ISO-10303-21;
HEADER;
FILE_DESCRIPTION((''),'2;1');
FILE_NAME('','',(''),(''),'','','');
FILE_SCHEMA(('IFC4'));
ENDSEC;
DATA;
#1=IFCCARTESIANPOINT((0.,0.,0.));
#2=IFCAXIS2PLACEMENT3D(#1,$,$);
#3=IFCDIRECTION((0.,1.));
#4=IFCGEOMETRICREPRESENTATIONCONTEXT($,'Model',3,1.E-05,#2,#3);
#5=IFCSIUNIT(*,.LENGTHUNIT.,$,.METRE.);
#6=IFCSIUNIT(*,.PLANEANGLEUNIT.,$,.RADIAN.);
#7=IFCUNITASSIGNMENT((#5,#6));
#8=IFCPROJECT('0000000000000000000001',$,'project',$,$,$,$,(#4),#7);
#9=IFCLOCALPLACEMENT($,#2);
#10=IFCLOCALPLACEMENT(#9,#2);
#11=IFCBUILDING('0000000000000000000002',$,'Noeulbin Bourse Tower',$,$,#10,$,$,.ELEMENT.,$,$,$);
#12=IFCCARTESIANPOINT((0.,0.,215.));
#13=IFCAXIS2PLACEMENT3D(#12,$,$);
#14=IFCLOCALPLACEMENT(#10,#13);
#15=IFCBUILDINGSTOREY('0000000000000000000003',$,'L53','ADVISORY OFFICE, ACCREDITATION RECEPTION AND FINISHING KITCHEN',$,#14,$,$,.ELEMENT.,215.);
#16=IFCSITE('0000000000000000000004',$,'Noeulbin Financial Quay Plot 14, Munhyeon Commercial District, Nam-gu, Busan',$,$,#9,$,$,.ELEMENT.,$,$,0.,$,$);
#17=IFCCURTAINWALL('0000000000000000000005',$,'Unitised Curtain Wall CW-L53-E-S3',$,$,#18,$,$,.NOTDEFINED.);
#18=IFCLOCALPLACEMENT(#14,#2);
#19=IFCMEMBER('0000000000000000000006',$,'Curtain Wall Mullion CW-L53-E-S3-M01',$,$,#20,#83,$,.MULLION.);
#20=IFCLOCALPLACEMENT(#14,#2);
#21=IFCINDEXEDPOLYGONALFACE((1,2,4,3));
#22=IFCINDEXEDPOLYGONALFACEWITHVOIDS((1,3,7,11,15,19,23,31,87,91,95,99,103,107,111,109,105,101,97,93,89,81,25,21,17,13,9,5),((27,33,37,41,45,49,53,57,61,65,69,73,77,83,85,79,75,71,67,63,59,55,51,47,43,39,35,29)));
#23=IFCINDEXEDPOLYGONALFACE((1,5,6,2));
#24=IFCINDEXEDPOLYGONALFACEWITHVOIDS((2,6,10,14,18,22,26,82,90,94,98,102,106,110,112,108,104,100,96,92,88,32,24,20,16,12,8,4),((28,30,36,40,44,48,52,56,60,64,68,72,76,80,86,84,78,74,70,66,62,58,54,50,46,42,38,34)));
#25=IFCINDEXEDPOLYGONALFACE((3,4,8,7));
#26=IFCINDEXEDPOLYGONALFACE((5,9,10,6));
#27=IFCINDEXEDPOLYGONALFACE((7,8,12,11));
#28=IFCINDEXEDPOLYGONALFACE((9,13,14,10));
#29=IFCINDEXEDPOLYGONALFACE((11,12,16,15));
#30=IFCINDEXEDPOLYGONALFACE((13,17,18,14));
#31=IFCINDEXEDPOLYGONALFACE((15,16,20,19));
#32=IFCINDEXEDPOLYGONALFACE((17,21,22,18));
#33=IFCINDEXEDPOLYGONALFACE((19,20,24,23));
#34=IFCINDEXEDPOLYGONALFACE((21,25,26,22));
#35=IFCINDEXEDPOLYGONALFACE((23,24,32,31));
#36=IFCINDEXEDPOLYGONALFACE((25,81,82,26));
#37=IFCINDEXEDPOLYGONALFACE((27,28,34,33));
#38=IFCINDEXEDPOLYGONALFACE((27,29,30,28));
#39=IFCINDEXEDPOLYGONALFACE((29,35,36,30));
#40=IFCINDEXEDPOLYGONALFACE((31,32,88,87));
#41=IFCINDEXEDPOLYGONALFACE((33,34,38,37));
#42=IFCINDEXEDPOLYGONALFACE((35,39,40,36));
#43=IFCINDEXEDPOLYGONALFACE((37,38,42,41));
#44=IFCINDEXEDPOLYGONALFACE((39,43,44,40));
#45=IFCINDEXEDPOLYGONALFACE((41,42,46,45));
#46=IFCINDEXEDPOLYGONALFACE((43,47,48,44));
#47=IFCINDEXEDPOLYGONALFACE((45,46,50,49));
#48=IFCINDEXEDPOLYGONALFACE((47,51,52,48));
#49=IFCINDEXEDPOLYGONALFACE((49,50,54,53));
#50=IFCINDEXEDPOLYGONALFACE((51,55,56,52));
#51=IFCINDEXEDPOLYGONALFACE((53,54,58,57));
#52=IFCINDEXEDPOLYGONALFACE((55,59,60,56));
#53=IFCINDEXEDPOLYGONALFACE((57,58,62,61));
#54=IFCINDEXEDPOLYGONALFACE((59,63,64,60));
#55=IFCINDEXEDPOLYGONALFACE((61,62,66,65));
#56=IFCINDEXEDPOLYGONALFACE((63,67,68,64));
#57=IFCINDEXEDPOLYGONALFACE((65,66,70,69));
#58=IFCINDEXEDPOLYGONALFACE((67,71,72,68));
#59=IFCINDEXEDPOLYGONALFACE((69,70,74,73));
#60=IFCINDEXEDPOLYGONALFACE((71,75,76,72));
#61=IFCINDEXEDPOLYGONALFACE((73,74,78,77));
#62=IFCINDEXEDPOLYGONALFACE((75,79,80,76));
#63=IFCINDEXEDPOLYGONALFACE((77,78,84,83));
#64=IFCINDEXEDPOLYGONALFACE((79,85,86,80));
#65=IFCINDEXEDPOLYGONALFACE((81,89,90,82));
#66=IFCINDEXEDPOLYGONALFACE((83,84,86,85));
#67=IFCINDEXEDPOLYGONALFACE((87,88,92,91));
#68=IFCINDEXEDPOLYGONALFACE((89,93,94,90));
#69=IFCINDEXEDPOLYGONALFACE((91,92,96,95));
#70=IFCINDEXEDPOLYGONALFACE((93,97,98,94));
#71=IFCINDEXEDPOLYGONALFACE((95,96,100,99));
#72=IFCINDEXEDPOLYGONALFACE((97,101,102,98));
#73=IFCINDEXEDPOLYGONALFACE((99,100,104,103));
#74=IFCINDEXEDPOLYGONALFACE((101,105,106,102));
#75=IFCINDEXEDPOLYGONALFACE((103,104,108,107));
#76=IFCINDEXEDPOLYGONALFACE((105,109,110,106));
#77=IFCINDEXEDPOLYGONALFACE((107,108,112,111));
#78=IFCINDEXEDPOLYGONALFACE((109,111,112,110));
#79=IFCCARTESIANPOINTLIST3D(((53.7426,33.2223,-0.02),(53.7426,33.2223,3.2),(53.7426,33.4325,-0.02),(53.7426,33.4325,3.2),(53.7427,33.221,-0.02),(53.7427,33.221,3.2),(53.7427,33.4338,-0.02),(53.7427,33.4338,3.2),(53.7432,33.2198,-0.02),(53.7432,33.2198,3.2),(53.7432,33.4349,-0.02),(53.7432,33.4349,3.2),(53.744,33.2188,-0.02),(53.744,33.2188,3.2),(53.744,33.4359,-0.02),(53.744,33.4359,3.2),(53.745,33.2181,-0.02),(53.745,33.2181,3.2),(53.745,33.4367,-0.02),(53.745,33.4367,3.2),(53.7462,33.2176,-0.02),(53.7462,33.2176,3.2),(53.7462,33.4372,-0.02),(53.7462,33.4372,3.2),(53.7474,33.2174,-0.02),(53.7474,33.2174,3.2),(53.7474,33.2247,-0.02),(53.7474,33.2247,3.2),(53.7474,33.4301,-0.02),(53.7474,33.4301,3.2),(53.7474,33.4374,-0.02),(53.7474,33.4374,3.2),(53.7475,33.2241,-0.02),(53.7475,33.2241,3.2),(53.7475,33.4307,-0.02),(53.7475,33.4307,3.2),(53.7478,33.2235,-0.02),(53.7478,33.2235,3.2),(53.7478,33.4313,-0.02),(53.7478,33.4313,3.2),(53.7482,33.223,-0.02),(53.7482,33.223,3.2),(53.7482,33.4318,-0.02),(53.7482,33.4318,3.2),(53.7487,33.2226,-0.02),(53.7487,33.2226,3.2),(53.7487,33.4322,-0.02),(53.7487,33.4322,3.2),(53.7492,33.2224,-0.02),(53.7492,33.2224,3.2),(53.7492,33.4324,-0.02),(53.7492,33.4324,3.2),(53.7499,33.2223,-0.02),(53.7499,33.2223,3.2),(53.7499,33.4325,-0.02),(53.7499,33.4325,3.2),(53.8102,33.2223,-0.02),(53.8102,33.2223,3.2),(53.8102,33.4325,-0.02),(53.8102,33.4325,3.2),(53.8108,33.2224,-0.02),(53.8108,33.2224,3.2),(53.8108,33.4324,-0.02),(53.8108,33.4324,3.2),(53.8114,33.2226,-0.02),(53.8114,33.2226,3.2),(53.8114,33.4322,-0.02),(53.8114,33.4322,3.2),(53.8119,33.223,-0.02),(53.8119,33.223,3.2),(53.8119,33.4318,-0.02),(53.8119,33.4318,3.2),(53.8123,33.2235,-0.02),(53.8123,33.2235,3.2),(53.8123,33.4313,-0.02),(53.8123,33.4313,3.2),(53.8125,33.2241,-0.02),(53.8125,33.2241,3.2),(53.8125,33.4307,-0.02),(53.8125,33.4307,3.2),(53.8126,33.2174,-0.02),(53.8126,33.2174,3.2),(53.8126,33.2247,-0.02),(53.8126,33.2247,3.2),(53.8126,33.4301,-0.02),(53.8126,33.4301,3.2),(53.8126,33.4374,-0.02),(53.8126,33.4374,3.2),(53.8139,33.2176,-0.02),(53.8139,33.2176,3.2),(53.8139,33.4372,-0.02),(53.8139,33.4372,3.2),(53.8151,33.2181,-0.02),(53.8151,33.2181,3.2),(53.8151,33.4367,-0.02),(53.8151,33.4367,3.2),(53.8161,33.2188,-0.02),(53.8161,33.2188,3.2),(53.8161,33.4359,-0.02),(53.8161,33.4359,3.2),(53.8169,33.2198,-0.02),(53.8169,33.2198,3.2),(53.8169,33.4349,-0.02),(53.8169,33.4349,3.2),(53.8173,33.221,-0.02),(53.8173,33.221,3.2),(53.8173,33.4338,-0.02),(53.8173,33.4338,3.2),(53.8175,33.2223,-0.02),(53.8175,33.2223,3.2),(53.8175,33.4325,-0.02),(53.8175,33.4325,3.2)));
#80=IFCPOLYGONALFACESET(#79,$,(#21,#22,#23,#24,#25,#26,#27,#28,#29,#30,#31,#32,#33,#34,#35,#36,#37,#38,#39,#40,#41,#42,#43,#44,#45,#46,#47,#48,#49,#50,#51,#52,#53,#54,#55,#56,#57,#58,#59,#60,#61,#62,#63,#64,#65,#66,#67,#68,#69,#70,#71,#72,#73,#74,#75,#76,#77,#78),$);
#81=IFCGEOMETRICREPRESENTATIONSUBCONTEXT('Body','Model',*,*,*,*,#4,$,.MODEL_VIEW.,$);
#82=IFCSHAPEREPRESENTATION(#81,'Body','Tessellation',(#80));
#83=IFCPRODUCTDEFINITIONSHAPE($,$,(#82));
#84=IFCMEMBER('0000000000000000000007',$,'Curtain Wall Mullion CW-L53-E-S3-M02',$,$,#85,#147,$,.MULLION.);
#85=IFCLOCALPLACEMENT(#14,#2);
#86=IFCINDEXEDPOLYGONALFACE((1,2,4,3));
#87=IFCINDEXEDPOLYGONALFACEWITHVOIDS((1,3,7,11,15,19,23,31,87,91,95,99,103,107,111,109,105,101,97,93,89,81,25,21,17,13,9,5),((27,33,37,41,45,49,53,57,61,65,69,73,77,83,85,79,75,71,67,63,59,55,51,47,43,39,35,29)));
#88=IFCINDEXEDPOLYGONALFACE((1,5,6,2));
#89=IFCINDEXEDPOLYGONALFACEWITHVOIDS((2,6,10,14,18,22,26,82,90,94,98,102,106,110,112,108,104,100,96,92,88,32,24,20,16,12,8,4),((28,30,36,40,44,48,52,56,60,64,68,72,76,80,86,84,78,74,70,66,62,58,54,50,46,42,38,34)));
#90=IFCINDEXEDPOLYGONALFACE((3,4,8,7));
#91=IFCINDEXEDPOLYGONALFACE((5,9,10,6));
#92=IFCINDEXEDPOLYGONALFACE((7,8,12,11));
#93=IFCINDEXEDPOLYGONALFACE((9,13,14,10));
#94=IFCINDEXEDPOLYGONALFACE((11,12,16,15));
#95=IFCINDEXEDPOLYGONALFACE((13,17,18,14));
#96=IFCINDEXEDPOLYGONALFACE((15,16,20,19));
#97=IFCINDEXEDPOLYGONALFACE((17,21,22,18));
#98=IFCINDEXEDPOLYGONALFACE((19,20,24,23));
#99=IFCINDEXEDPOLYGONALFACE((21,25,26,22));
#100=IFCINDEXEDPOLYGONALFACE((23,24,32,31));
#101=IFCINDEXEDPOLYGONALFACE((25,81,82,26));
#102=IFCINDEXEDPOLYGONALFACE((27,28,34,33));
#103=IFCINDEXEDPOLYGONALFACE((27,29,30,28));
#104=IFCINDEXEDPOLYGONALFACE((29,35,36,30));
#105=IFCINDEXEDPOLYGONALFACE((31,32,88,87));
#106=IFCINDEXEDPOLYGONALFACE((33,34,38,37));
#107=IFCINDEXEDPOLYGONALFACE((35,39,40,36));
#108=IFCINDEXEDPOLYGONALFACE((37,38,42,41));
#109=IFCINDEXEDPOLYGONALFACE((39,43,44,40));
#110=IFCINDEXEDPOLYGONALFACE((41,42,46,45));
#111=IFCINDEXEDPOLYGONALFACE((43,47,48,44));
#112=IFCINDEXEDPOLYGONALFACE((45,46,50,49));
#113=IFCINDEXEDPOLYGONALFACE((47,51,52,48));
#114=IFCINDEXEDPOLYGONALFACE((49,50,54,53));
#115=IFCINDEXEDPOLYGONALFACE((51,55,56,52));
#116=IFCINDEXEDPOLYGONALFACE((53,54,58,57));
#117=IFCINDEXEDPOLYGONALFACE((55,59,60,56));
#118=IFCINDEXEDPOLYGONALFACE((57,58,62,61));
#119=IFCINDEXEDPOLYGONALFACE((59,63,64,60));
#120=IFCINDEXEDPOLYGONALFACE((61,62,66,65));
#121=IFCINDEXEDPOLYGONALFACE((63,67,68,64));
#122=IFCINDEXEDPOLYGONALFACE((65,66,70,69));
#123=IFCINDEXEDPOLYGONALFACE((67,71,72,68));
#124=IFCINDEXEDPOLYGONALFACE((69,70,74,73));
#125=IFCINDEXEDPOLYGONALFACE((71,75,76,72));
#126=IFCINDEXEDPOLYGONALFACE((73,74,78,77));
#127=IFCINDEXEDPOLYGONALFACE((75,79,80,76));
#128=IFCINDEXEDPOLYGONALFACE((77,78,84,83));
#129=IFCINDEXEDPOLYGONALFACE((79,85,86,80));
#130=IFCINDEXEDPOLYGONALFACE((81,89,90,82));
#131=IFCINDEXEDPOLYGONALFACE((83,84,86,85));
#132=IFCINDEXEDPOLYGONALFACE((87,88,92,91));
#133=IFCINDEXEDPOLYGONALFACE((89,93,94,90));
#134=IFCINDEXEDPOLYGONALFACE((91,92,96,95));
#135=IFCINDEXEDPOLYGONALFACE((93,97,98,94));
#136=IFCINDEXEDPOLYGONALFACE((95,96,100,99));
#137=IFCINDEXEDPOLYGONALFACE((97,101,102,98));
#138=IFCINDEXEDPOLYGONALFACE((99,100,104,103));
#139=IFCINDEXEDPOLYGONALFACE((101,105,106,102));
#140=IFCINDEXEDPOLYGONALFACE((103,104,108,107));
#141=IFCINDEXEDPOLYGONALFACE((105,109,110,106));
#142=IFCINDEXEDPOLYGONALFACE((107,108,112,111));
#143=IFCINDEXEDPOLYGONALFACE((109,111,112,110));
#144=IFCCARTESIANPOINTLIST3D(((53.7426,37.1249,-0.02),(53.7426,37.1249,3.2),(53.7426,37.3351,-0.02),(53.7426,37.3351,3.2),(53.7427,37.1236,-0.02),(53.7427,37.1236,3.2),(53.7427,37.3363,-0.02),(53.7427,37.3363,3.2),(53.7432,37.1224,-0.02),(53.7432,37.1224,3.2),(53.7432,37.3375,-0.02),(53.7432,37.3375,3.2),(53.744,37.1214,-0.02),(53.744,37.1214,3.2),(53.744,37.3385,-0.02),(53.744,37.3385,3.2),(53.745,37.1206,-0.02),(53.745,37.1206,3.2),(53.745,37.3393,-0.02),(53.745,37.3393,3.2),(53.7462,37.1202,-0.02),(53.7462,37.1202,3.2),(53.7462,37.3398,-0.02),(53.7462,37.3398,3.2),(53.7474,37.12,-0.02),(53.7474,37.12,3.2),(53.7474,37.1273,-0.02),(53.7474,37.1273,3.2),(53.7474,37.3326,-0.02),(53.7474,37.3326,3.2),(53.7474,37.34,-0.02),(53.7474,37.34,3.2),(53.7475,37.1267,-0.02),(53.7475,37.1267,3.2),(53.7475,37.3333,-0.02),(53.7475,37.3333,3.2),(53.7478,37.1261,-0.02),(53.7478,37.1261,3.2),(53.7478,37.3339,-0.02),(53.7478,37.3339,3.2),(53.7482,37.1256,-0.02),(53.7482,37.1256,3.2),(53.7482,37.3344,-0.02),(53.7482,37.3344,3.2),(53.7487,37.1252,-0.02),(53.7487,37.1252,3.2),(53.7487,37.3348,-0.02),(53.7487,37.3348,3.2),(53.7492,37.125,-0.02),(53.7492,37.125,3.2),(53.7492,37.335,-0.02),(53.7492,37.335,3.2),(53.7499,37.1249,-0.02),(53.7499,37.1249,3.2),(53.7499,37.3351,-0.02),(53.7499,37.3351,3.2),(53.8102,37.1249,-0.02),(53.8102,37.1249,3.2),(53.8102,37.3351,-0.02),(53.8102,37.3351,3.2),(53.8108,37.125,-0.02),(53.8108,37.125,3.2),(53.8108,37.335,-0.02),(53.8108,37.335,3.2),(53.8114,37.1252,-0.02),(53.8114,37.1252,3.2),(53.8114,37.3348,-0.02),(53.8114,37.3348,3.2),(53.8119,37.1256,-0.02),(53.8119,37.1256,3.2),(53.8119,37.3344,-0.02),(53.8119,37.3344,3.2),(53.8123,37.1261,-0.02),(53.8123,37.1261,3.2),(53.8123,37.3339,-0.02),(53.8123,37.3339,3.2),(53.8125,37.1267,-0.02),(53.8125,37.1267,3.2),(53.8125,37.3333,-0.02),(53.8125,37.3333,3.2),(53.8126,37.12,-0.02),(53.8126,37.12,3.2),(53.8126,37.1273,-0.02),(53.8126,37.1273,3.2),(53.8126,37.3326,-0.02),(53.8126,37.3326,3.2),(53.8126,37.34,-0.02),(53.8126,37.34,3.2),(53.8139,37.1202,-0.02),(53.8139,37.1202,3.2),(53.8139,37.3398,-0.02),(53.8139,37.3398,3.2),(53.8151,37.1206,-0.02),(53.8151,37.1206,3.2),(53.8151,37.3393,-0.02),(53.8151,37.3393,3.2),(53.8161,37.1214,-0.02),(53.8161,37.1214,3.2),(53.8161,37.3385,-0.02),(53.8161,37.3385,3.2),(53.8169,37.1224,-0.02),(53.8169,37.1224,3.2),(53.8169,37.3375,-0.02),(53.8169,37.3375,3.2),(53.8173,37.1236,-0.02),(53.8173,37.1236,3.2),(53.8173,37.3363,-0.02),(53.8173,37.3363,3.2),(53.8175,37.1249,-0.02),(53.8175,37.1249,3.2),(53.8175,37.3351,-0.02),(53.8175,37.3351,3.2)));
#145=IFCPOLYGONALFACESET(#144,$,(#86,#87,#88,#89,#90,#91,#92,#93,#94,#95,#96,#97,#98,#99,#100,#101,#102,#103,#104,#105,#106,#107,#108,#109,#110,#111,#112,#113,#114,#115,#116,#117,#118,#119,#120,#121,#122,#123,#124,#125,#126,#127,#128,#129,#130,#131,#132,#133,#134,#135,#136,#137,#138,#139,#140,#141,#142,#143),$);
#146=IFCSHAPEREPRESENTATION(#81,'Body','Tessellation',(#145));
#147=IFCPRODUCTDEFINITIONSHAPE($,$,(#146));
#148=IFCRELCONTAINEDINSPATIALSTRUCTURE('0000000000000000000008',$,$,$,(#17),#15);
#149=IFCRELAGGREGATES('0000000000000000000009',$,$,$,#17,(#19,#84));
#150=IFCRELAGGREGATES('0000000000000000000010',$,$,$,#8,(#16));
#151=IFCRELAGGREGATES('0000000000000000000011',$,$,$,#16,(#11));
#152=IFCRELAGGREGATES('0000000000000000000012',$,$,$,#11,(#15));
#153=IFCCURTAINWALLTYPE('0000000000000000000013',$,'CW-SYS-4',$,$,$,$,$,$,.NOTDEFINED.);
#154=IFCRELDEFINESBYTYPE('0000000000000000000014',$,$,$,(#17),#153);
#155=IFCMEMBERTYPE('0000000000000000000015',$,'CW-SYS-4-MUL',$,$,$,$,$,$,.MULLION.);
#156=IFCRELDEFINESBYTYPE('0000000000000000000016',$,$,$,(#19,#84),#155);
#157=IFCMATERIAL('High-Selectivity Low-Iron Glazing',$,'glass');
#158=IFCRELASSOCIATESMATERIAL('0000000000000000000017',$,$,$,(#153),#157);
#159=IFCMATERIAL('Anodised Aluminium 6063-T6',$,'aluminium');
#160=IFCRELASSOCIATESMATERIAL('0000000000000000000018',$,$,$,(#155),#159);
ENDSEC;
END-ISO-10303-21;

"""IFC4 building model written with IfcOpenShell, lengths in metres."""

from ifc_helpers import new_model, si_unit, direction, frame, origin, origin_2d, place, context, subcontext, project, spatial, hollow_rectangle, extrude, material, material_profile, profile_set, type_object, element, aggregate, save


model = new_model("IFC4")

# Units and contexts
model_context = context("Model", 3, precision=1e-05, world=origin(), true_north=direction((0.0, 1.0)))
body_context = subcontext(model_context, "Body", "Model", "MODEL_VIEW")
ifc_project = project(units=[si_unit("LENGTHUNIT", "METRE"), si_unit("PLANEANGLEUNIT", "RADIAN")], contexts=[model_context])

# Site, building, storey
site_placement = place(None, origin())
site = spatial("IfcSite", under=ifc_project, at=site_placement, Name="Noeulbin Financial Quay Plot 14, Munhyeon Commercial District, Nam-gu, Busan", CompositionType="ELEMENT", RefElevation=0.0)
building_placement = place(site_placement, origin())
building = spatial("IfcBuilding", under=site, at=building_placement, Name="Noeulbin Bourse Tower", CompositionType="ELEMENT")
storey_placement = place(building_placement, frame((0.0, 0.0, 215.0)))
storey = spatial("IfcBuildingStorey", under=building, at=storey_placement, Name="L53", Description="ADVISORY OFFICE, ACCREDITATION RECEPTION AND FINISHING KITCHEN", CompositionType="ELEMENT", Elevation=215.0)

# Curtain wall, members
ifc_material_1 = material(Name="High-Selectivity Low-Iron Glazing", Category="glass")
curtain_wall_type = type_object("IfcCurtainWallType", Name="CW-SYS-4", PredefinedType="NOTDEFINED", material=ifc_material_1)
ifc_material_2 = material(Name="Anodised Aluminium 6063-T6", Category="aluminium")
ifc_material_profile_1 = material_profile(ifc_material_2, hollow_rectangle(XDim=0.075, YDim=0.22, WallThickness=0.0049, InnerFilletRadius=0.0024, OuterFilletRadius=0.0049, at=origin_2d()), Name="ALU-MULL-75x220x5", Category="LoadBearing")
ifc_profile_set_1 = profile_set([ifc_material_profile_1], Name="Anodised Aluminium 6063-T6")
member_type_1 = type_object("IfcMemberType", Name="CW-SYS-4-MUL", PredefinedType="MULLION", material=ifc_profile_set_1)
curtain_wall_1_placement = place(storey_placement, origin())
curtain_wall_1 = element("IfcCurtainWall", 1, at=curtain_wall_1_placement, inside=storey, type_object=curtain_wall_type, Name="Unitised Curtain Wall CW-L53-E-S3", PredefinedType="NOTDEFINED")
member_1_placement = place(storey_placement, frame((53.78, 33.3274, -0.02), z_axis=(0.0, 0.0, 1.0), x_axis=(1.0, 0.0, 0.0)))
member_1 = element("IfcMember", 2, at=member_1_placement, type_object=member_type_1, Name="Curtain Wall Mullion CW-L53-E-S3-M01", PredefinedType="MULLION", context=body_context, shape_type="SweptSolid", body=[
    extrude(hollow_rectangle(XDim=0.075, YDim=0.22, WallThickness=0.0049, InnerFilletRadius=0.0024, OuterFilletRadius=0.0049, at=origin_2d()), origin(), (0.0, 0.0, 1.0), 3.22),
])
member_2_placement = place(storey_placement, frame((53.78, 37.23, -0.02), z_axis=(0.0, 0.0, 1.0), x_axis=(1.0, 0.0, 0.0)))
member_2 = element("IfcMember", 3, at=member_2_placement, type_object=member_type_1, Name="Curtain Wall Mullion CW-L53-E-S3-M02", PredefinedType="MULLION", context=body_context, shape_type="SweptSolid", body=[
    extrude(hollow_rectangle(XDim=0.075, YDim=0.22, WallThickness=0.0049, InnerFilletRadius=0.0024, OuterFilletRadius=0.0049, at=origin_2d()), origin(), (0.0, 0.0, 1.0), 3.22),
])

aggregate(curtain_wall_1, [member_1, member_2])

save(model, "model.ifc")
